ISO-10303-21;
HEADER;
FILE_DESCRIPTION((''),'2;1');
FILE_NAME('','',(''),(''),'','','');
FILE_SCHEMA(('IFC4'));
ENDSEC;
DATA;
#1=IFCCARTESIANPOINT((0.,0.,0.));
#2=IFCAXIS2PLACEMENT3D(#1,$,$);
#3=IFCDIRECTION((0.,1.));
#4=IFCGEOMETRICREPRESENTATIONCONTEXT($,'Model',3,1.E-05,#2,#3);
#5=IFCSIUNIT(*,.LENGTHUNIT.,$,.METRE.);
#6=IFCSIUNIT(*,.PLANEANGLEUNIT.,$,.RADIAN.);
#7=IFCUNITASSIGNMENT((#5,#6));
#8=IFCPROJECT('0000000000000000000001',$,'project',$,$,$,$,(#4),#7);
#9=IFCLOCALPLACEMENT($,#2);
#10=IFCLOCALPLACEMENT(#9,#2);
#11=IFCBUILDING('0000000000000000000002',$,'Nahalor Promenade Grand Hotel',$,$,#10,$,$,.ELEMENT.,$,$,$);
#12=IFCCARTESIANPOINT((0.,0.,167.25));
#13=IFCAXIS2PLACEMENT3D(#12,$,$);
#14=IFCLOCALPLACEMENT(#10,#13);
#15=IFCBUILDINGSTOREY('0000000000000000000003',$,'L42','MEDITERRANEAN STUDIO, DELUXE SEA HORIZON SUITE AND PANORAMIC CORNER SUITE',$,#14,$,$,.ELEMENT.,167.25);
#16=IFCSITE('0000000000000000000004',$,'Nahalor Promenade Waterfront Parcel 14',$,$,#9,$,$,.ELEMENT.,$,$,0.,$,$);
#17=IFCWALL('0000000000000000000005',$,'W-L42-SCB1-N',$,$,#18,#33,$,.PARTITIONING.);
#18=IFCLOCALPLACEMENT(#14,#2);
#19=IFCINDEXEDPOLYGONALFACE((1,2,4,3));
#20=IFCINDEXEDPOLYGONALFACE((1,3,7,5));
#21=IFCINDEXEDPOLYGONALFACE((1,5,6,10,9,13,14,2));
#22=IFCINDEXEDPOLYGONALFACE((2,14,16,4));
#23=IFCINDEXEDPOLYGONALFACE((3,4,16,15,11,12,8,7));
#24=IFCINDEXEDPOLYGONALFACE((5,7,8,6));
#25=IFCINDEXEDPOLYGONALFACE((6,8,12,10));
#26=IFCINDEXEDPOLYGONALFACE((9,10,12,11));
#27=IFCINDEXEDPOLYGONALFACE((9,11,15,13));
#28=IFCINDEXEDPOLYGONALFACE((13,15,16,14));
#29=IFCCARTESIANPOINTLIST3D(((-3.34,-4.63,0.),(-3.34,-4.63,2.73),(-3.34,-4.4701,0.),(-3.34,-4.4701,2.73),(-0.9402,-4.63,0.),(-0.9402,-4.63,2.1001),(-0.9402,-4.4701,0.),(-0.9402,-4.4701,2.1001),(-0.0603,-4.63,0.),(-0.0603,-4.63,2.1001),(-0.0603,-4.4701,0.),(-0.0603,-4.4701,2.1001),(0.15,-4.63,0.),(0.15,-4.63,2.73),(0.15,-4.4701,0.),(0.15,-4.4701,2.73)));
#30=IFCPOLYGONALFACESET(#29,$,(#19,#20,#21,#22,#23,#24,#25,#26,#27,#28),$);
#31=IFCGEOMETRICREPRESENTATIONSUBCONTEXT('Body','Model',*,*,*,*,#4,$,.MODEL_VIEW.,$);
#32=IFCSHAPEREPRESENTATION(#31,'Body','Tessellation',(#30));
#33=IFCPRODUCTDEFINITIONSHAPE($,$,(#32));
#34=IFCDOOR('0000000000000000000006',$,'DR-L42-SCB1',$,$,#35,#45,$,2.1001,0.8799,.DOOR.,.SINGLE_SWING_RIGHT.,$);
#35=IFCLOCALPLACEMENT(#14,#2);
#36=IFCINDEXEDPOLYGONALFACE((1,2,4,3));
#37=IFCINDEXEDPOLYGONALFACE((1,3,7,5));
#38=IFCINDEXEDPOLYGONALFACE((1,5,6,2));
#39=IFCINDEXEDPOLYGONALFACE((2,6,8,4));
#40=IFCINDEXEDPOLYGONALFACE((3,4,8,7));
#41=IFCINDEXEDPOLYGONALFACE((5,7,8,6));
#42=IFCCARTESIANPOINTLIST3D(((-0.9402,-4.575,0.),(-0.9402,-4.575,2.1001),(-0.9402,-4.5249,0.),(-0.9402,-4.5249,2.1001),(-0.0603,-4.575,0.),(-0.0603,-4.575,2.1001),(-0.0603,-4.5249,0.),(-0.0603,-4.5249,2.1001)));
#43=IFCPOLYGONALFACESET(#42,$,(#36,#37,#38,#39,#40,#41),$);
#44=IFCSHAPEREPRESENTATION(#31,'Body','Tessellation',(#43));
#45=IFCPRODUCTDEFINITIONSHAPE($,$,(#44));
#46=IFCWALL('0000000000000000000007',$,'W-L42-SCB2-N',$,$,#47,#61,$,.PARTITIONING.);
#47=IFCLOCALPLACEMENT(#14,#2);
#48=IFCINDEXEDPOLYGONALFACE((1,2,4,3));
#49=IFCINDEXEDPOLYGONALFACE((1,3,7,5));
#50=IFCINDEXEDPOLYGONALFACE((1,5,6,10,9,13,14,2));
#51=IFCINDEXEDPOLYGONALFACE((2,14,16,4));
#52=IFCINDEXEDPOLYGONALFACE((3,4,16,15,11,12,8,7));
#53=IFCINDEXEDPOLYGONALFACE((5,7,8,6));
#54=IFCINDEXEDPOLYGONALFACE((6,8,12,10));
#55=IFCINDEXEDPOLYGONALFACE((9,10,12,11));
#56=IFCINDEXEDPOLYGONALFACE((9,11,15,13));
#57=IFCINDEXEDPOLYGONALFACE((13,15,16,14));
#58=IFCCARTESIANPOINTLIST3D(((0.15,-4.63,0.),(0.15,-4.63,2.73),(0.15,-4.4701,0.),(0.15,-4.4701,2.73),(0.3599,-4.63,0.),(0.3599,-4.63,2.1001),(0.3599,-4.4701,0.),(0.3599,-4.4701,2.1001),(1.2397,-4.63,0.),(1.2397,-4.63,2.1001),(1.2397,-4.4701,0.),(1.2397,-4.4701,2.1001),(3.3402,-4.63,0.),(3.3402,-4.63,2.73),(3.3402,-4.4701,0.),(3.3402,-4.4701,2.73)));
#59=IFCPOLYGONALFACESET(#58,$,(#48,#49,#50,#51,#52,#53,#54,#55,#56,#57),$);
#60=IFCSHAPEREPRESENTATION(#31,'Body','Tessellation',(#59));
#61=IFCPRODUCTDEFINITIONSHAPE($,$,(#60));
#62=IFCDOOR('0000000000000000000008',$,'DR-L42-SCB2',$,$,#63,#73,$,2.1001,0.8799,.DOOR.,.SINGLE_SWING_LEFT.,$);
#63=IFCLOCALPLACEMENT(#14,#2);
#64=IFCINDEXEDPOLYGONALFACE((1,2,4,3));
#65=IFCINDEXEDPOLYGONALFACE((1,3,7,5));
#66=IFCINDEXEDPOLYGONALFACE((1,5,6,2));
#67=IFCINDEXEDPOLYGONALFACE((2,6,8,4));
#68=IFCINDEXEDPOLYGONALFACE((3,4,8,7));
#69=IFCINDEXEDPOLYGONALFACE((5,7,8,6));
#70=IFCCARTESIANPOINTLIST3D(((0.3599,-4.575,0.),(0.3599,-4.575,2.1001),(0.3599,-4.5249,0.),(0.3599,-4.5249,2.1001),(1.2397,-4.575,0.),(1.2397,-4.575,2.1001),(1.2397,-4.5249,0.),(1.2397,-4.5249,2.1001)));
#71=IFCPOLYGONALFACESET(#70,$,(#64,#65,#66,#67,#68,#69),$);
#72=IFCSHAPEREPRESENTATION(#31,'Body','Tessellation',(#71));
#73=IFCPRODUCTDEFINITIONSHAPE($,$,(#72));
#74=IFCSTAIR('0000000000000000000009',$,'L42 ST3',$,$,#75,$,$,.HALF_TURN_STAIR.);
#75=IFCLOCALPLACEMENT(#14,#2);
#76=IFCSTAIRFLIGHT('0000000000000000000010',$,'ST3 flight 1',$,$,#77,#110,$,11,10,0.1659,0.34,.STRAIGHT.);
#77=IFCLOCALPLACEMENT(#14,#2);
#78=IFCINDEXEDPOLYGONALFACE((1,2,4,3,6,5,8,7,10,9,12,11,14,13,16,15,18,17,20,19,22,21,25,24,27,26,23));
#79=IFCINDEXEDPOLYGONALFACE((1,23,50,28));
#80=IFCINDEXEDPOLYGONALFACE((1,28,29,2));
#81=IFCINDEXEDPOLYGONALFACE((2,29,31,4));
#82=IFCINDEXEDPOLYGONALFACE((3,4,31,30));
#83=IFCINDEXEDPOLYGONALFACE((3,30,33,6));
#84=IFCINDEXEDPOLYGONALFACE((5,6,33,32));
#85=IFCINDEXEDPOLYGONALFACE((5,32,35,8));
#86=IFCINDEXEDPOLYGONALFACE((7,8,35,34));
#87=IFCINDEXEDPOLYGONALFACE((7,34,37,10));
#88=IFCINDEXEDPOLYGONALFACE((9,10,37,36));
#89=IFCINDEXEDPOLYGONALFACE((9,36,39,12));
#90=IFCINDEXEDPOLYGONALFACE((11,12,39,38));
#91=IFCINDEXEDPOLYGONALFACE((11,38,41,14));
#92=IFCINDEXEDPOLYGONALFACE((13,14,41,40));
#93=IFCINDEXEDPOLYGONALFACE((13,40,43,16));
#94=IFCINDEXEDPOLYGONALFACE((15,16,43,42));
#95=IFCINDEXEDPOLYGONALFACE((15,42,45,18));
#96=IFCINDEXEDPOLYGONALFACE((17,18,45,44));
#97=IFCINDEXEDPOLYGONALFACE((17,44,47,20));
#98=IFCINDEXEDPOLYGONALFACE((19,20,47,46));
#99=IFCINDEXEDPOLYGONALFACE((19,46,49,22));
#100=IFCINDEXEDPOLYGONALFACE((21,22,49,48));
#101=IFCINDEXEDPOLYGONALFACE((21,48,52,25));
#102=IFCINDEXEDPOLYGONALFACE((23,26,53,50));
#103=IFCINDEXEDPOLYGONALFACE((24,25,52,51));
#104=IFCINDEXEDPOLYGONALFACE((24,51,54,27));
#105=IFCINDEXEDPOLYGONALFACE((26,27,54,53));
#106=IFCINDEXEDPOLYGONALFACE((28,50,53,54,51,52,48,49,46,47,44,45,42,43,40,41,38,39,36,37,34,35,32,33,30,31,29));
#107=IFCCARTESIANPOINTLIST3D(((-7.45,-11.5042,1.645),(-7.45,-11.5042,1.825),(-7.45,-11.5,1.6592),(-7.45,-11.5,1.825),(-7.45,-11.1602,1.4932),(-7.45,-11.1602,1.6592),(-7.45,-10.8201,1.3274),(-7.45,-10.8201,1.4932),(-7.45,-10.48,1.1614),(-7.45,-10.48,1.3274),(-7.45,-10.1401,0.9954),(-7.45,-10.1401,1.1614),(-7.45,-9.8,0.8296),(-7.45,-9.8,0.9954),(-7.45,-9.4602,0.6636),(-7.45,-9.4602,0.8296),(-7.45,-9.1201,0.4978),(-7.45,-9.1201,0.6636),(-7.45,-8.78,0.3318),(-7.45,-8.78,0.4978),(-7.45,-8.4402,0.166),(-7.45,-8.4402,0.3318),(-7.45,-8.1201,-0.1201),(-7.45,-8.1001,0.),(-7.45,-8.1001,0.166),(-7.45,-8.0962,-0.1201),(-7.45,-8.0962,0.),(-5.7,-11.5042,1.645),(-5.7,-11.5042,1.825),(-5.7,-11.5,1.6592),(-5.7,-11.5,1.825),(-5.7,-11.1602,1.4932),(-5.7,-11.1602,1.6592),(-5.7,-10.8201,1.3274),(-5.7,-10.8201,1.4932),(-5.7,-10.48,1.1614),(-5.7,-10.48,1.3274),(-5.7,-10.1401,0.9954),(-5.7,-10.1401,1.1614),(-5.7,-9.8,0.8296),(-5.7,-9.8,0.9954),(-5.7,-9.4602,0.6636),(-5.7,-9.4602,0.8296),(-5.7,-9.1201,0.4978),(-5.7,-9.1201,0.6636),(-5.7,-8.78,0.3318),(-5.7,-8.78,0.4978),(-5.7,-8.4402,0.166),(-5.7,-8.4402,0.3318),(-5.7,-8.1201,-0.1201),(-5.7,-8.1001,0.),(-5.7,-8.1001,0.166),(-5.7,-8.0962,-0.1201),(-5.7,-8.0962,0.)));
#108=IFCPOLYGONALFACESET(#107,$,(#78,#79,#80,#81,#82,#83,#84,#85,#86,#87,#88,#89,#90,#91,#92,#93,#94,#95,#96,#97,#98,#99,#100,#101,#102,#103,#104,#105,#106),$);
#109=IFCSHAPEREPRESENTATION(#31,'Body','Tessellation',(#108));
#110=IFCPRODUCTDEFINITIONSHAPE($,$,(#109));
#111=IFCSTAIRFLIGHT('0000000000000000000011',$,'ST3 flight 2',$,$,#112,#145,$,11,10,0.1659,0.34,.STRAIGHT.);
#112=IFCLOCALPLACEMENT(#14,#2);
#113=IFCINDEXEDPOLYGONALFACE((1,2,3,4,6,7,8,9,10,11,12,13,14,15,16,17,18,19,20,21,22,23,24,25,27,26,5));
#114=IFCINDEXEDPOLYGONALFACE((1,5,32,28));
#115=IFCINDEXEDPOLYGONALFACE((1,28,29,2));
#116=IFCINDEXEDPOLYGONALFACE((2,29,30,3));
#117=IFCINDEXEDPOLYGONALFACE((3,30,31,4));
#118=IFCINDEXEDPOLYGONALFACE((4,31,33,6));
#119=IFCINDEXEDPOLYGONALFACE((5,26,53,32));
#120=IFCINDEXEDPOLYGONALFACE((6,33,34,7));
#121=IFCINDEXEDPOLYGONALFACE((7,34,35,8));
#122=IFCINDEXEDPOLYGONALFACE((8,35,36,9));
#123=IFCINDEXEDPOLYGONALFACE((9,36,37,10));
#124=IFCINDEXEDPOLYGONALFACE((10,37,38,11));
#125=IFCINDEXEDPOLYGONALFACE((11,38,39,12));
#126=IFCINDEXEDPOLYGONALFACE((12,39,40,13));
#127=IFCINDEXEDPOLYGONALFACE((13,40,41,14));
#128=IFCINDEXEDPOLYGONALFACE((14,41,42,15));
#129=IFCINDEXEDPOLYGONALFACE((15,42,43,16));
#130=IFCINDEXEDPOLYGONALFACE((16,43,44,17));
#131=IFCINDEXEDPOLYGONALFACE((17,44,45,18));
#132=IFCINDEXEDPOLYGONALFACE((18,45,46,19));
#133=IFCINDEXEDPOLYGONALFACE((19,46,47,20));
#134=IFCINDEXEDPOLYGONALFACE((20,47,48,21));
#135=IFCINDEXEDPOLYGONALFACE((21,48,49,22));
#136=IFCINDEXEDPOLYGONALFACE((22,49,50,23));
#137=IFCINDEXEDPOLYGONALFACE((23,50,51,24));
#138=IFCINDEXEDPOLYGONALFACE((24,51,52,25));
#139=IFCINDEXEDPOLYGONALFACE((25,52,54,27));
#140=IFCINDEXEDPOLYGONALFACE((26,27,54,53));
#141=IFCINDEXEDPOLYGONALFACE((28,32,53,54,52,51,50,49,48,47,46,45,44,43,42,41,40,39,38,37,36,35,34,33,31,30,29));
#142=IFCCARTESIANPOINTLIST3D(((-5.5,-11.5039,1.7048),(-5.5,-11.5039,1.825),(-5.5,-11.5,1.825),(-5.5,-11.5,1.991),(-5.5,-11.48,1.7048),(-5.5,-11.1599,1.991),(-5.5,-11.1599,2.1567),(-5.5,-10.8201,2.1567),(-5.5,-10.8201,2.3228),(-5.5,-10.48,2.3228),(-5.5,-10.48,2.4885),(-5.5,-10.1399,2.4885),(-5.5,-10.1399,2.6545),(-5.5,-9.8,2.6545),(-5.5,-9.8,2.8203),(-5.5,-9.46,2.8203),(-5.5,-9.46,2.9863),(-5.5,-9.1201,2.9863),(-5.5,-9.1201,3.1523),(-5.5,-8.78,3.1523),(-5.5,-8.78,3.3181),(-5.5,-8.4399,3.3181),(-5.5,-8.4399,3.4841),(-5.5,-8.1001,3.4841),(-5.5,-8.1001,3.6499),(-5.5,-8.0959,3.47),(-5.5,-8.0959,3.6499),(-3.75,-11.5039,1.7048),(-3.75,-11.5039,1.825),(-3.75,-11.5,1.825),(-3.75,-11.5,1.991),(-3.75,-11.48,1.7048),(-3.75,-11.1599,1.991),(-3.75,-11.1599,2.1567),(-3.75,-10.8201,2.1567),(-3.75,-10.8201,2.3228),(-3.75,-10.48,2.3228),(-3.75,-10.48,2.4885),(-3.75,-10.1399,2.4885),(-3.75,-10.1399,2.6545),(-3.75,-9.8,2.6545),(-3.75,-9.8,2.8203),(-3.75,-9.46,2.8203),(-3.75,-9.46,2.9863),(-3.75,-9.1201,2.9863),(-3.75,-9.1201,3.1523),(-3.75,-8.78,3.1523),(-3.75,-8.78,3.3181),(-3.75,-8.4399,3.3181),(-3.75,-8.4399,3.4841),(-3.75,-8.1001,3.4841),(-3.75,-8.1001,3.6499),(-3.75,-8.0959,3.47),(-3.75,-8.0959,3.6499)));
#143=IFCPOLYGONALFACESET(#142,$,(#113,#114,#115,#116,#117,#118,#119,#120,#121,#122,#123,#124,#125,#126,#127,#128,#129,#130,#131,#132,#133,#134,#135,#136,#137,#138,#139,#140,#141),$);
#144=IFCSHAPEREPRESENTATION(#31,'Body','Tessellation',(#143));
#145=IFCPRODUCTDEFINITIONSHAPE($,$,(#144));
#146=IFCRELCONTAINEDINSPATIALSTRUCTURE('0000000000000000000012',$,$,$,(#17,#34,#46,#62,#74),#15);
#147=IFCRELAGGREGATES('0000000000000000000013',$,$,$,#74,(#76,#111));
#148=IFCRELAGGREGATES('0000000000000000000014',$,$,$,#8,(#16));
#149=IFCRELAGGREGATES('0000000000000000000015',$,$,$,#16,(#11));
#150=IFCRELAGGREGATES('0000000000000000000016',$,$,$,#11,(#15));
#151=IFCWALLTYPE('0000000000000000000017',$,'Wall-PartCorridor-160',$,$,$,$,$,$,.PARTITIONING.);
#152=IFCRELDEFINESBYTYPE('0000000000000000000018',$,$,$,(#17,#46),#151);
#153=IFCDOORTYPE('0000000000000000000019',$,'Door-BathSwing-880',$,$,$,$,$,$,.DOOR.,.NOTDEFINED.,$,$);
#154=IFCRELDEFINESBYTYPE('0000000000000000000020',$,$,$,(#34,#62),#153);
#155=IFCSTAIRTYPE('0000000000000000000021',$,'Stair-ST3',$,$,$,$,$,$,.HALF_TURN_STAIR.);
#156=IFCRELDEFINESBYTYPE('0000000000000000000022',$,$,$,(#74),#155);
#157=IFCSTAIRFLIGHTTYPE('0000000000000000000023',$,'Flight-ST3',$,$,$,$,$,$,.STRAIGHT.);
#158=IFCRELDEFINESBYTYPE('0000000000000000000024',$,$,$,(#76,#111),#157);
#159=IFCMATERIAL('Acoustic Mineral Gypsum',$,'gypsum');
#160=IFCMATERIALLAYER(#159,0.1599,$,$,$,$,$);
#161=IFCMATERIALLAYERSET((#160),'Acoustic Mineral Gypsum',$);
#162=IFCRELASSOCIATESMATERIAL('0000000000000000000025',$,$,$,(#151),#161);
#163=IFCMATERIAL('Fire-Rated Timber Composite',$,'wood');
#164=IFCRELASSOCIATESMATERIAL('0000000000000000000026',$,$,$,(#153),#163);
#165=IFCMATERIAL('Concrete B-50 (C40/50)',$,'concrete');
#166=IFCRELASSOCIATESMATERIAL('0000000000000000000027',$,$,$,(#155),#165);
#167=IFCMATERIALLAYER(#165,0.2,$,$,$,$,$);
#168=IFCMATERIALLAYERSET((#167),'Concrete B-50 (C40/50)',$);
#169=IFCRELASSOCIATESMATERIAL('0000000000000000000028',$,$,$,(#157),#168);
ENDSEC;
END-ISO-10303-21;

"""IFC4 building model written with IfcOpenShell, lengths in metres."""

from ifc_helpers import new_model, si_unit, direction, frame, frame_2d, origin, place, context, subcontext, project, spatial, polyline, rectangle, outline, extrude, source, transform, mapped, material, layer, layer_set, type_object, element, fill, aggregate, save


model = new_model("IFC4")

# Units and contexts
model_context = context("Model", 3, precision=1e-05, world=origin(), true_north=direction((0.0, 1.0)))
body_context = subcontext(model_context, "Body", "Model", "MODEL_VIEW")
ifc_project = project(units=[si_unit("LENGTHUNIT", "METRE"), si_unit("PLANEANGLEUNIT", "RADIAN")], contexts=[model_context])

# Site, building, storey
site_placement = place(None, origin())
site = spatial("IfcSite", under=ifc_project, at=site_placement, Name="Nahalor Promenade Waterfront Parcel 14", CompositionType="ELEMENT", RefElevation=0.0)
building_placement = place(site_placement, origin())
building = spatial("IfcBuilding", under=site, at=building_placement, Name="Nahalor Promenade Grand Hotel", CompositionType="ELEMENT")
storey_placement = place(building_placement, frame((0.0, 0.0, 167.25)))
storey = spatial("IfcBuildingStorey", under=building, at=storey_placement, Name="L42", Description="MEDITERRANEAN STUDIO, DELUXE SEA HORIZON SUITE AND PANORAMIC CORNER SUITE", CompositionType="ELEMENT", Elevation=167.25)

# Shared definitions
ifc_material_1 = material(Name="Concrete B-50 (C40/50)", Category="concrete")

# Walls, openings, doors
ifc_material_2 = material(Name="Acoustic Mineral Gypsum", Category="gypsum")
ifc_layer_1 = layer(ifc_material_2, 0.1599)
ifc_layer_set_1 = layer_set([ifc_layer_1], Name="Acoustic Mineral Gypsum")
wall_type_1 = type_object("IfcWallType", Name="Wall-PartCorridor-160", PredefinedType="PARTITIONING", material=ifc_layer_set_1)
shared_shape_1 = source(origin(), body_context, "Body", "SweptSolid", [
    extrude(rectangle(XDim=3.49, YDim=0.1599, at=frame_2d((1.7451, 0.0))), origin(), (0.0, 0.0, 1.0), 2.73),
])
wall_1_placement = place(storey_placement, frame((-3.3401, -4.55, 0.0), z_axis=(0.0, 0.0, 1.0), x_axis=(1.0, 0.0, 0.0)))
wall_1 = element("IfcWall", 1, at=wall_1_placement, inside=storey, type_object=wall_type_1, Name="W-L42-SCB1-N", PredefinedType="PARTITIONING", context=body_context, shape_type="MappedRepresentation", body=[
    mapped(shared_shape_1, transform((0.0, 0.0, 0.0), scale=1.0)),
])
opening_1_placement = place(wall_1_placement, frame((2.3999, 0.0, 0.0)))
opening_1 = element("IfcOpeningElement", 2, at=opening_1_placement, cuts=wall_1, PredefinedType="OPENING", context=body_context, shape_type="SweptSolid", body=[
    extrude(rectangle(XDim=0.8799, YDim=2.1001, at=frame_2d((0.4399, 1.05))), frame((0.0, 0.0898, 0.0), z_axis=(0.0, -1.0, 0.0), x_axis=(1.0, 0.0, 0.0)), (0.0, 0.0, 1.0), 0.1799),
])
ifc_material_3 = material(Name="Fire-Rated Timber Composite", Category="wood")
door_type_1 = type_object("IfcDoorType", Name="Door-BathSwing-880", OperationType="NOTDEFINED", PredefinedType="DOOR", material=ifc_material_3)
shared_shape_2 = source(origin(), body_context, "Body", "SweptSolid", [
    extrude(rectangle(XDim=0.8799, YDim=2.1001, at=frame_2d((0.4399, 1.05))), frame((0.0, 0.0249, 0.0), z_axis=(0.0, -1.0, 0.0), x_axis=(1.0, 0.0, 0.0)), (0.0, 0.0, 1.0), 0.05),
])
door_1_placement = place(opening_1_placement, frame((0.8799, 0.0, 0.0), z_axis=(0.0, 0.0, 1.0), x_axis=(-1.0, 0.0, 0.0)))
door_1 = element("IfcDoor", 3, at=door_1_placement, inside=storey, type_object=door_type_1, Name="DR-L42-SCB1", OperationType="SINGLE_SWING_RIGHT", OverallHeight=2.1001, OverallWidth=0.8799, PredefinedType="DOOR", context=body_context, shape_type="MappedRepresentation", body=[
    mapped(shared_shape_2, transform((0.0, 0.0, 0.0), scale=1.0)),
])
fill(opening_1, door_1)
shared_shape_3 = source(origin(), body_context, "Body", "SweptSolid", [
    extrude(rectangle(XDim=3.1902, YDim=0.1599, at=frame_2d((1.5952, 0.0))), origin(), (0.0, 0.0, 1.0), 2.73),
])
wall_2_placement = place(storey_placement, frame((0.1499, -4.55, 0.0), z_axis=(0.0, 0.0, 1.0), x_axis=(1.0, 0.0, 0.0)))
wall_2 = element("IfcWall", 4, at=wall_2_placement, inside=storey, type_object=wall_type_1, Name="W-L42-SCB2-N", PredefinedType="PARTITIONING", context=body_context, shape_type="MappedRepresentation", body=[
    mapped(shared_shape_3, transform((0.0, 0.0, 0.0), scale=1.0)),
])
opening_2_placement = place(wall_2_placement, frame((0.21, 0.0, 0.0)))
opening_2 = element("IfcOpeningElement", 5, at=opening_2_placement, cuts=wall_2, PredefinedType="OPENING", context=body_context, shape_type="SweptSolid", body=[
    extrude(rectangle(XDim=0.8799, YDim=2.1001, at=frame_2d((0.4399, 1.05))), frame((0.0, 0.0898, 0.0), z_axis=(0.0, -1.0, 0.0), x_axis=(1.0, 0.0, 0.0)), (0.0, 0.0, 1.0), 0.1799),
])
door_2_placement = place(opening_2_placement, frame((0.8799, 0.0, 0.0), z_axis=(0.0, 0.0, 1.0), x_axis=(-1.0, 0.0, 0.0)))
door_2 = element("IfcDoor", 6, at=door_2_placement, inside=storey, type_object=door_type_1, Name="DR-L42-SCB2", OperationType="SINGLE_SWING_LEFT", OverallHeight=2.1001, OverallWidth=0.8799, PredefinedType="DOOR", context=body_context, shape_type="MappedRepresentation", body=[
    mapped(shared_shape_2, transform((0.0, 0.0, 0.0), scale=1.0)),
])
fill(opening_2, door_2)

# Stair, stair flights
stair_type_1 = type_object("IfcStairType", Name="Stair-ST3", PredefinedType="HALF_TURN_STAIR", material=ifc_material_1)
stair_1_placement = place(storey_placement, origin())
stair_1 = element("IfcStair", 7, at=stair_1_placement, inside=storey, type_object=stair_type_1, Name="L42 ST3", PredefinedType="HALF_TURN_STAIR")
ifc_layer_2 = layer(ifc_material_1, 0.2)
ifc_layer_set_2 = layer_set([ifc_layer_2], Name="Concrete B-50 (C40/50)")
stair_flight_type = type_object("IfcStairFlightType", Name="Flight-ST3", PredefinedType="STRAIGHT", material=ifc_layer_set_2)
shared_shape_4 = source(origin(), body_context, "Body", "SweptSolid", [
    extrude(outline(polyline([(-0.0039, -0.1201), (-0.0039, 0.0), (0.0, 0.0), (0.0, 0.166), (0.3401, 0.166), (0.3401, 0.3318), (0.6799, 0.3318), (0.6799, 0.4978), (1.02, 0.4978), (1.02, 0.6636), (1.3601, 0.6636), (1.3601, 0.8296), (1.7, 0.8296), (1.7, 0.9954), (2.04, 0.9954), (2.04, 1.1614), (2.3799, 1.1614), (2.3799, 1.3274), (2.72, 1.3274), (2.72, 1.4932), (3.0601, 1.4932), (3.0601, 1.6592), (3.3999, 1.6592), (3.3999, 1.825), (3.4041, 1.825), (3.4041, 1.645), (0.02, -0.1201), (-0.0039, -0.1201)])), frame((0.0, 0.875, 0.0), z_axis=(0.0, -1.0, 0.0), x_axis=(1.0, 0.0, 0.0)), (0.0, 0.0, 1.0), 1.75),
])
stair_flight_1_placement = place(storey_placement, frame((-6.575, -8.1001, 0.0), z_axis=(0.0, 0.0, 1.0), x_axis=(0.0, -1.0, 0.0)))
stair_flight_1 = element("IfcStairFlight", 8, at=stair_flight_1_placement, type_object=stair_flight_type, Name="ST3 flight 1", NumberOfRisers=11, NumberOfTreads=10, PredefinedType="STRAIGHT", RiserHeight=0.1659, TreadLength=0.34, context=body_context, shape_type="MappedRepresentation", body=[
    mapped(shared_shape_4, transform((0.0, 0.0, 0.0), scale=1.0)),
])
stair_flight_2_placement = place(storey_placement, frame((-4.625, -11.5, 1.825), z_axis=(0.0, 0.0, 1.0), x_axis=(0.0, 1.0, 0.0)))
stair_flight_2 = element("IfcStairFlight", 9, at=stair_flight_2_placement, type_object=stair_flight_type, Name="ST3 flight 2", NumberOfRisers=11, NumberOfTreads=10, PredefinedType="STRAIGHT", RiserHeight=0.1659, TreadLength=0.34, context=body_context, shape_type="MappedRepresentation", body=[
    mapped(shared_shape_4, transform((0.0, 0.0, 0.0), scale=1.0)),
])
aggregate(stair_1, [stair_flight_1, stair_flight_2])

save(model, "model.ifc")
